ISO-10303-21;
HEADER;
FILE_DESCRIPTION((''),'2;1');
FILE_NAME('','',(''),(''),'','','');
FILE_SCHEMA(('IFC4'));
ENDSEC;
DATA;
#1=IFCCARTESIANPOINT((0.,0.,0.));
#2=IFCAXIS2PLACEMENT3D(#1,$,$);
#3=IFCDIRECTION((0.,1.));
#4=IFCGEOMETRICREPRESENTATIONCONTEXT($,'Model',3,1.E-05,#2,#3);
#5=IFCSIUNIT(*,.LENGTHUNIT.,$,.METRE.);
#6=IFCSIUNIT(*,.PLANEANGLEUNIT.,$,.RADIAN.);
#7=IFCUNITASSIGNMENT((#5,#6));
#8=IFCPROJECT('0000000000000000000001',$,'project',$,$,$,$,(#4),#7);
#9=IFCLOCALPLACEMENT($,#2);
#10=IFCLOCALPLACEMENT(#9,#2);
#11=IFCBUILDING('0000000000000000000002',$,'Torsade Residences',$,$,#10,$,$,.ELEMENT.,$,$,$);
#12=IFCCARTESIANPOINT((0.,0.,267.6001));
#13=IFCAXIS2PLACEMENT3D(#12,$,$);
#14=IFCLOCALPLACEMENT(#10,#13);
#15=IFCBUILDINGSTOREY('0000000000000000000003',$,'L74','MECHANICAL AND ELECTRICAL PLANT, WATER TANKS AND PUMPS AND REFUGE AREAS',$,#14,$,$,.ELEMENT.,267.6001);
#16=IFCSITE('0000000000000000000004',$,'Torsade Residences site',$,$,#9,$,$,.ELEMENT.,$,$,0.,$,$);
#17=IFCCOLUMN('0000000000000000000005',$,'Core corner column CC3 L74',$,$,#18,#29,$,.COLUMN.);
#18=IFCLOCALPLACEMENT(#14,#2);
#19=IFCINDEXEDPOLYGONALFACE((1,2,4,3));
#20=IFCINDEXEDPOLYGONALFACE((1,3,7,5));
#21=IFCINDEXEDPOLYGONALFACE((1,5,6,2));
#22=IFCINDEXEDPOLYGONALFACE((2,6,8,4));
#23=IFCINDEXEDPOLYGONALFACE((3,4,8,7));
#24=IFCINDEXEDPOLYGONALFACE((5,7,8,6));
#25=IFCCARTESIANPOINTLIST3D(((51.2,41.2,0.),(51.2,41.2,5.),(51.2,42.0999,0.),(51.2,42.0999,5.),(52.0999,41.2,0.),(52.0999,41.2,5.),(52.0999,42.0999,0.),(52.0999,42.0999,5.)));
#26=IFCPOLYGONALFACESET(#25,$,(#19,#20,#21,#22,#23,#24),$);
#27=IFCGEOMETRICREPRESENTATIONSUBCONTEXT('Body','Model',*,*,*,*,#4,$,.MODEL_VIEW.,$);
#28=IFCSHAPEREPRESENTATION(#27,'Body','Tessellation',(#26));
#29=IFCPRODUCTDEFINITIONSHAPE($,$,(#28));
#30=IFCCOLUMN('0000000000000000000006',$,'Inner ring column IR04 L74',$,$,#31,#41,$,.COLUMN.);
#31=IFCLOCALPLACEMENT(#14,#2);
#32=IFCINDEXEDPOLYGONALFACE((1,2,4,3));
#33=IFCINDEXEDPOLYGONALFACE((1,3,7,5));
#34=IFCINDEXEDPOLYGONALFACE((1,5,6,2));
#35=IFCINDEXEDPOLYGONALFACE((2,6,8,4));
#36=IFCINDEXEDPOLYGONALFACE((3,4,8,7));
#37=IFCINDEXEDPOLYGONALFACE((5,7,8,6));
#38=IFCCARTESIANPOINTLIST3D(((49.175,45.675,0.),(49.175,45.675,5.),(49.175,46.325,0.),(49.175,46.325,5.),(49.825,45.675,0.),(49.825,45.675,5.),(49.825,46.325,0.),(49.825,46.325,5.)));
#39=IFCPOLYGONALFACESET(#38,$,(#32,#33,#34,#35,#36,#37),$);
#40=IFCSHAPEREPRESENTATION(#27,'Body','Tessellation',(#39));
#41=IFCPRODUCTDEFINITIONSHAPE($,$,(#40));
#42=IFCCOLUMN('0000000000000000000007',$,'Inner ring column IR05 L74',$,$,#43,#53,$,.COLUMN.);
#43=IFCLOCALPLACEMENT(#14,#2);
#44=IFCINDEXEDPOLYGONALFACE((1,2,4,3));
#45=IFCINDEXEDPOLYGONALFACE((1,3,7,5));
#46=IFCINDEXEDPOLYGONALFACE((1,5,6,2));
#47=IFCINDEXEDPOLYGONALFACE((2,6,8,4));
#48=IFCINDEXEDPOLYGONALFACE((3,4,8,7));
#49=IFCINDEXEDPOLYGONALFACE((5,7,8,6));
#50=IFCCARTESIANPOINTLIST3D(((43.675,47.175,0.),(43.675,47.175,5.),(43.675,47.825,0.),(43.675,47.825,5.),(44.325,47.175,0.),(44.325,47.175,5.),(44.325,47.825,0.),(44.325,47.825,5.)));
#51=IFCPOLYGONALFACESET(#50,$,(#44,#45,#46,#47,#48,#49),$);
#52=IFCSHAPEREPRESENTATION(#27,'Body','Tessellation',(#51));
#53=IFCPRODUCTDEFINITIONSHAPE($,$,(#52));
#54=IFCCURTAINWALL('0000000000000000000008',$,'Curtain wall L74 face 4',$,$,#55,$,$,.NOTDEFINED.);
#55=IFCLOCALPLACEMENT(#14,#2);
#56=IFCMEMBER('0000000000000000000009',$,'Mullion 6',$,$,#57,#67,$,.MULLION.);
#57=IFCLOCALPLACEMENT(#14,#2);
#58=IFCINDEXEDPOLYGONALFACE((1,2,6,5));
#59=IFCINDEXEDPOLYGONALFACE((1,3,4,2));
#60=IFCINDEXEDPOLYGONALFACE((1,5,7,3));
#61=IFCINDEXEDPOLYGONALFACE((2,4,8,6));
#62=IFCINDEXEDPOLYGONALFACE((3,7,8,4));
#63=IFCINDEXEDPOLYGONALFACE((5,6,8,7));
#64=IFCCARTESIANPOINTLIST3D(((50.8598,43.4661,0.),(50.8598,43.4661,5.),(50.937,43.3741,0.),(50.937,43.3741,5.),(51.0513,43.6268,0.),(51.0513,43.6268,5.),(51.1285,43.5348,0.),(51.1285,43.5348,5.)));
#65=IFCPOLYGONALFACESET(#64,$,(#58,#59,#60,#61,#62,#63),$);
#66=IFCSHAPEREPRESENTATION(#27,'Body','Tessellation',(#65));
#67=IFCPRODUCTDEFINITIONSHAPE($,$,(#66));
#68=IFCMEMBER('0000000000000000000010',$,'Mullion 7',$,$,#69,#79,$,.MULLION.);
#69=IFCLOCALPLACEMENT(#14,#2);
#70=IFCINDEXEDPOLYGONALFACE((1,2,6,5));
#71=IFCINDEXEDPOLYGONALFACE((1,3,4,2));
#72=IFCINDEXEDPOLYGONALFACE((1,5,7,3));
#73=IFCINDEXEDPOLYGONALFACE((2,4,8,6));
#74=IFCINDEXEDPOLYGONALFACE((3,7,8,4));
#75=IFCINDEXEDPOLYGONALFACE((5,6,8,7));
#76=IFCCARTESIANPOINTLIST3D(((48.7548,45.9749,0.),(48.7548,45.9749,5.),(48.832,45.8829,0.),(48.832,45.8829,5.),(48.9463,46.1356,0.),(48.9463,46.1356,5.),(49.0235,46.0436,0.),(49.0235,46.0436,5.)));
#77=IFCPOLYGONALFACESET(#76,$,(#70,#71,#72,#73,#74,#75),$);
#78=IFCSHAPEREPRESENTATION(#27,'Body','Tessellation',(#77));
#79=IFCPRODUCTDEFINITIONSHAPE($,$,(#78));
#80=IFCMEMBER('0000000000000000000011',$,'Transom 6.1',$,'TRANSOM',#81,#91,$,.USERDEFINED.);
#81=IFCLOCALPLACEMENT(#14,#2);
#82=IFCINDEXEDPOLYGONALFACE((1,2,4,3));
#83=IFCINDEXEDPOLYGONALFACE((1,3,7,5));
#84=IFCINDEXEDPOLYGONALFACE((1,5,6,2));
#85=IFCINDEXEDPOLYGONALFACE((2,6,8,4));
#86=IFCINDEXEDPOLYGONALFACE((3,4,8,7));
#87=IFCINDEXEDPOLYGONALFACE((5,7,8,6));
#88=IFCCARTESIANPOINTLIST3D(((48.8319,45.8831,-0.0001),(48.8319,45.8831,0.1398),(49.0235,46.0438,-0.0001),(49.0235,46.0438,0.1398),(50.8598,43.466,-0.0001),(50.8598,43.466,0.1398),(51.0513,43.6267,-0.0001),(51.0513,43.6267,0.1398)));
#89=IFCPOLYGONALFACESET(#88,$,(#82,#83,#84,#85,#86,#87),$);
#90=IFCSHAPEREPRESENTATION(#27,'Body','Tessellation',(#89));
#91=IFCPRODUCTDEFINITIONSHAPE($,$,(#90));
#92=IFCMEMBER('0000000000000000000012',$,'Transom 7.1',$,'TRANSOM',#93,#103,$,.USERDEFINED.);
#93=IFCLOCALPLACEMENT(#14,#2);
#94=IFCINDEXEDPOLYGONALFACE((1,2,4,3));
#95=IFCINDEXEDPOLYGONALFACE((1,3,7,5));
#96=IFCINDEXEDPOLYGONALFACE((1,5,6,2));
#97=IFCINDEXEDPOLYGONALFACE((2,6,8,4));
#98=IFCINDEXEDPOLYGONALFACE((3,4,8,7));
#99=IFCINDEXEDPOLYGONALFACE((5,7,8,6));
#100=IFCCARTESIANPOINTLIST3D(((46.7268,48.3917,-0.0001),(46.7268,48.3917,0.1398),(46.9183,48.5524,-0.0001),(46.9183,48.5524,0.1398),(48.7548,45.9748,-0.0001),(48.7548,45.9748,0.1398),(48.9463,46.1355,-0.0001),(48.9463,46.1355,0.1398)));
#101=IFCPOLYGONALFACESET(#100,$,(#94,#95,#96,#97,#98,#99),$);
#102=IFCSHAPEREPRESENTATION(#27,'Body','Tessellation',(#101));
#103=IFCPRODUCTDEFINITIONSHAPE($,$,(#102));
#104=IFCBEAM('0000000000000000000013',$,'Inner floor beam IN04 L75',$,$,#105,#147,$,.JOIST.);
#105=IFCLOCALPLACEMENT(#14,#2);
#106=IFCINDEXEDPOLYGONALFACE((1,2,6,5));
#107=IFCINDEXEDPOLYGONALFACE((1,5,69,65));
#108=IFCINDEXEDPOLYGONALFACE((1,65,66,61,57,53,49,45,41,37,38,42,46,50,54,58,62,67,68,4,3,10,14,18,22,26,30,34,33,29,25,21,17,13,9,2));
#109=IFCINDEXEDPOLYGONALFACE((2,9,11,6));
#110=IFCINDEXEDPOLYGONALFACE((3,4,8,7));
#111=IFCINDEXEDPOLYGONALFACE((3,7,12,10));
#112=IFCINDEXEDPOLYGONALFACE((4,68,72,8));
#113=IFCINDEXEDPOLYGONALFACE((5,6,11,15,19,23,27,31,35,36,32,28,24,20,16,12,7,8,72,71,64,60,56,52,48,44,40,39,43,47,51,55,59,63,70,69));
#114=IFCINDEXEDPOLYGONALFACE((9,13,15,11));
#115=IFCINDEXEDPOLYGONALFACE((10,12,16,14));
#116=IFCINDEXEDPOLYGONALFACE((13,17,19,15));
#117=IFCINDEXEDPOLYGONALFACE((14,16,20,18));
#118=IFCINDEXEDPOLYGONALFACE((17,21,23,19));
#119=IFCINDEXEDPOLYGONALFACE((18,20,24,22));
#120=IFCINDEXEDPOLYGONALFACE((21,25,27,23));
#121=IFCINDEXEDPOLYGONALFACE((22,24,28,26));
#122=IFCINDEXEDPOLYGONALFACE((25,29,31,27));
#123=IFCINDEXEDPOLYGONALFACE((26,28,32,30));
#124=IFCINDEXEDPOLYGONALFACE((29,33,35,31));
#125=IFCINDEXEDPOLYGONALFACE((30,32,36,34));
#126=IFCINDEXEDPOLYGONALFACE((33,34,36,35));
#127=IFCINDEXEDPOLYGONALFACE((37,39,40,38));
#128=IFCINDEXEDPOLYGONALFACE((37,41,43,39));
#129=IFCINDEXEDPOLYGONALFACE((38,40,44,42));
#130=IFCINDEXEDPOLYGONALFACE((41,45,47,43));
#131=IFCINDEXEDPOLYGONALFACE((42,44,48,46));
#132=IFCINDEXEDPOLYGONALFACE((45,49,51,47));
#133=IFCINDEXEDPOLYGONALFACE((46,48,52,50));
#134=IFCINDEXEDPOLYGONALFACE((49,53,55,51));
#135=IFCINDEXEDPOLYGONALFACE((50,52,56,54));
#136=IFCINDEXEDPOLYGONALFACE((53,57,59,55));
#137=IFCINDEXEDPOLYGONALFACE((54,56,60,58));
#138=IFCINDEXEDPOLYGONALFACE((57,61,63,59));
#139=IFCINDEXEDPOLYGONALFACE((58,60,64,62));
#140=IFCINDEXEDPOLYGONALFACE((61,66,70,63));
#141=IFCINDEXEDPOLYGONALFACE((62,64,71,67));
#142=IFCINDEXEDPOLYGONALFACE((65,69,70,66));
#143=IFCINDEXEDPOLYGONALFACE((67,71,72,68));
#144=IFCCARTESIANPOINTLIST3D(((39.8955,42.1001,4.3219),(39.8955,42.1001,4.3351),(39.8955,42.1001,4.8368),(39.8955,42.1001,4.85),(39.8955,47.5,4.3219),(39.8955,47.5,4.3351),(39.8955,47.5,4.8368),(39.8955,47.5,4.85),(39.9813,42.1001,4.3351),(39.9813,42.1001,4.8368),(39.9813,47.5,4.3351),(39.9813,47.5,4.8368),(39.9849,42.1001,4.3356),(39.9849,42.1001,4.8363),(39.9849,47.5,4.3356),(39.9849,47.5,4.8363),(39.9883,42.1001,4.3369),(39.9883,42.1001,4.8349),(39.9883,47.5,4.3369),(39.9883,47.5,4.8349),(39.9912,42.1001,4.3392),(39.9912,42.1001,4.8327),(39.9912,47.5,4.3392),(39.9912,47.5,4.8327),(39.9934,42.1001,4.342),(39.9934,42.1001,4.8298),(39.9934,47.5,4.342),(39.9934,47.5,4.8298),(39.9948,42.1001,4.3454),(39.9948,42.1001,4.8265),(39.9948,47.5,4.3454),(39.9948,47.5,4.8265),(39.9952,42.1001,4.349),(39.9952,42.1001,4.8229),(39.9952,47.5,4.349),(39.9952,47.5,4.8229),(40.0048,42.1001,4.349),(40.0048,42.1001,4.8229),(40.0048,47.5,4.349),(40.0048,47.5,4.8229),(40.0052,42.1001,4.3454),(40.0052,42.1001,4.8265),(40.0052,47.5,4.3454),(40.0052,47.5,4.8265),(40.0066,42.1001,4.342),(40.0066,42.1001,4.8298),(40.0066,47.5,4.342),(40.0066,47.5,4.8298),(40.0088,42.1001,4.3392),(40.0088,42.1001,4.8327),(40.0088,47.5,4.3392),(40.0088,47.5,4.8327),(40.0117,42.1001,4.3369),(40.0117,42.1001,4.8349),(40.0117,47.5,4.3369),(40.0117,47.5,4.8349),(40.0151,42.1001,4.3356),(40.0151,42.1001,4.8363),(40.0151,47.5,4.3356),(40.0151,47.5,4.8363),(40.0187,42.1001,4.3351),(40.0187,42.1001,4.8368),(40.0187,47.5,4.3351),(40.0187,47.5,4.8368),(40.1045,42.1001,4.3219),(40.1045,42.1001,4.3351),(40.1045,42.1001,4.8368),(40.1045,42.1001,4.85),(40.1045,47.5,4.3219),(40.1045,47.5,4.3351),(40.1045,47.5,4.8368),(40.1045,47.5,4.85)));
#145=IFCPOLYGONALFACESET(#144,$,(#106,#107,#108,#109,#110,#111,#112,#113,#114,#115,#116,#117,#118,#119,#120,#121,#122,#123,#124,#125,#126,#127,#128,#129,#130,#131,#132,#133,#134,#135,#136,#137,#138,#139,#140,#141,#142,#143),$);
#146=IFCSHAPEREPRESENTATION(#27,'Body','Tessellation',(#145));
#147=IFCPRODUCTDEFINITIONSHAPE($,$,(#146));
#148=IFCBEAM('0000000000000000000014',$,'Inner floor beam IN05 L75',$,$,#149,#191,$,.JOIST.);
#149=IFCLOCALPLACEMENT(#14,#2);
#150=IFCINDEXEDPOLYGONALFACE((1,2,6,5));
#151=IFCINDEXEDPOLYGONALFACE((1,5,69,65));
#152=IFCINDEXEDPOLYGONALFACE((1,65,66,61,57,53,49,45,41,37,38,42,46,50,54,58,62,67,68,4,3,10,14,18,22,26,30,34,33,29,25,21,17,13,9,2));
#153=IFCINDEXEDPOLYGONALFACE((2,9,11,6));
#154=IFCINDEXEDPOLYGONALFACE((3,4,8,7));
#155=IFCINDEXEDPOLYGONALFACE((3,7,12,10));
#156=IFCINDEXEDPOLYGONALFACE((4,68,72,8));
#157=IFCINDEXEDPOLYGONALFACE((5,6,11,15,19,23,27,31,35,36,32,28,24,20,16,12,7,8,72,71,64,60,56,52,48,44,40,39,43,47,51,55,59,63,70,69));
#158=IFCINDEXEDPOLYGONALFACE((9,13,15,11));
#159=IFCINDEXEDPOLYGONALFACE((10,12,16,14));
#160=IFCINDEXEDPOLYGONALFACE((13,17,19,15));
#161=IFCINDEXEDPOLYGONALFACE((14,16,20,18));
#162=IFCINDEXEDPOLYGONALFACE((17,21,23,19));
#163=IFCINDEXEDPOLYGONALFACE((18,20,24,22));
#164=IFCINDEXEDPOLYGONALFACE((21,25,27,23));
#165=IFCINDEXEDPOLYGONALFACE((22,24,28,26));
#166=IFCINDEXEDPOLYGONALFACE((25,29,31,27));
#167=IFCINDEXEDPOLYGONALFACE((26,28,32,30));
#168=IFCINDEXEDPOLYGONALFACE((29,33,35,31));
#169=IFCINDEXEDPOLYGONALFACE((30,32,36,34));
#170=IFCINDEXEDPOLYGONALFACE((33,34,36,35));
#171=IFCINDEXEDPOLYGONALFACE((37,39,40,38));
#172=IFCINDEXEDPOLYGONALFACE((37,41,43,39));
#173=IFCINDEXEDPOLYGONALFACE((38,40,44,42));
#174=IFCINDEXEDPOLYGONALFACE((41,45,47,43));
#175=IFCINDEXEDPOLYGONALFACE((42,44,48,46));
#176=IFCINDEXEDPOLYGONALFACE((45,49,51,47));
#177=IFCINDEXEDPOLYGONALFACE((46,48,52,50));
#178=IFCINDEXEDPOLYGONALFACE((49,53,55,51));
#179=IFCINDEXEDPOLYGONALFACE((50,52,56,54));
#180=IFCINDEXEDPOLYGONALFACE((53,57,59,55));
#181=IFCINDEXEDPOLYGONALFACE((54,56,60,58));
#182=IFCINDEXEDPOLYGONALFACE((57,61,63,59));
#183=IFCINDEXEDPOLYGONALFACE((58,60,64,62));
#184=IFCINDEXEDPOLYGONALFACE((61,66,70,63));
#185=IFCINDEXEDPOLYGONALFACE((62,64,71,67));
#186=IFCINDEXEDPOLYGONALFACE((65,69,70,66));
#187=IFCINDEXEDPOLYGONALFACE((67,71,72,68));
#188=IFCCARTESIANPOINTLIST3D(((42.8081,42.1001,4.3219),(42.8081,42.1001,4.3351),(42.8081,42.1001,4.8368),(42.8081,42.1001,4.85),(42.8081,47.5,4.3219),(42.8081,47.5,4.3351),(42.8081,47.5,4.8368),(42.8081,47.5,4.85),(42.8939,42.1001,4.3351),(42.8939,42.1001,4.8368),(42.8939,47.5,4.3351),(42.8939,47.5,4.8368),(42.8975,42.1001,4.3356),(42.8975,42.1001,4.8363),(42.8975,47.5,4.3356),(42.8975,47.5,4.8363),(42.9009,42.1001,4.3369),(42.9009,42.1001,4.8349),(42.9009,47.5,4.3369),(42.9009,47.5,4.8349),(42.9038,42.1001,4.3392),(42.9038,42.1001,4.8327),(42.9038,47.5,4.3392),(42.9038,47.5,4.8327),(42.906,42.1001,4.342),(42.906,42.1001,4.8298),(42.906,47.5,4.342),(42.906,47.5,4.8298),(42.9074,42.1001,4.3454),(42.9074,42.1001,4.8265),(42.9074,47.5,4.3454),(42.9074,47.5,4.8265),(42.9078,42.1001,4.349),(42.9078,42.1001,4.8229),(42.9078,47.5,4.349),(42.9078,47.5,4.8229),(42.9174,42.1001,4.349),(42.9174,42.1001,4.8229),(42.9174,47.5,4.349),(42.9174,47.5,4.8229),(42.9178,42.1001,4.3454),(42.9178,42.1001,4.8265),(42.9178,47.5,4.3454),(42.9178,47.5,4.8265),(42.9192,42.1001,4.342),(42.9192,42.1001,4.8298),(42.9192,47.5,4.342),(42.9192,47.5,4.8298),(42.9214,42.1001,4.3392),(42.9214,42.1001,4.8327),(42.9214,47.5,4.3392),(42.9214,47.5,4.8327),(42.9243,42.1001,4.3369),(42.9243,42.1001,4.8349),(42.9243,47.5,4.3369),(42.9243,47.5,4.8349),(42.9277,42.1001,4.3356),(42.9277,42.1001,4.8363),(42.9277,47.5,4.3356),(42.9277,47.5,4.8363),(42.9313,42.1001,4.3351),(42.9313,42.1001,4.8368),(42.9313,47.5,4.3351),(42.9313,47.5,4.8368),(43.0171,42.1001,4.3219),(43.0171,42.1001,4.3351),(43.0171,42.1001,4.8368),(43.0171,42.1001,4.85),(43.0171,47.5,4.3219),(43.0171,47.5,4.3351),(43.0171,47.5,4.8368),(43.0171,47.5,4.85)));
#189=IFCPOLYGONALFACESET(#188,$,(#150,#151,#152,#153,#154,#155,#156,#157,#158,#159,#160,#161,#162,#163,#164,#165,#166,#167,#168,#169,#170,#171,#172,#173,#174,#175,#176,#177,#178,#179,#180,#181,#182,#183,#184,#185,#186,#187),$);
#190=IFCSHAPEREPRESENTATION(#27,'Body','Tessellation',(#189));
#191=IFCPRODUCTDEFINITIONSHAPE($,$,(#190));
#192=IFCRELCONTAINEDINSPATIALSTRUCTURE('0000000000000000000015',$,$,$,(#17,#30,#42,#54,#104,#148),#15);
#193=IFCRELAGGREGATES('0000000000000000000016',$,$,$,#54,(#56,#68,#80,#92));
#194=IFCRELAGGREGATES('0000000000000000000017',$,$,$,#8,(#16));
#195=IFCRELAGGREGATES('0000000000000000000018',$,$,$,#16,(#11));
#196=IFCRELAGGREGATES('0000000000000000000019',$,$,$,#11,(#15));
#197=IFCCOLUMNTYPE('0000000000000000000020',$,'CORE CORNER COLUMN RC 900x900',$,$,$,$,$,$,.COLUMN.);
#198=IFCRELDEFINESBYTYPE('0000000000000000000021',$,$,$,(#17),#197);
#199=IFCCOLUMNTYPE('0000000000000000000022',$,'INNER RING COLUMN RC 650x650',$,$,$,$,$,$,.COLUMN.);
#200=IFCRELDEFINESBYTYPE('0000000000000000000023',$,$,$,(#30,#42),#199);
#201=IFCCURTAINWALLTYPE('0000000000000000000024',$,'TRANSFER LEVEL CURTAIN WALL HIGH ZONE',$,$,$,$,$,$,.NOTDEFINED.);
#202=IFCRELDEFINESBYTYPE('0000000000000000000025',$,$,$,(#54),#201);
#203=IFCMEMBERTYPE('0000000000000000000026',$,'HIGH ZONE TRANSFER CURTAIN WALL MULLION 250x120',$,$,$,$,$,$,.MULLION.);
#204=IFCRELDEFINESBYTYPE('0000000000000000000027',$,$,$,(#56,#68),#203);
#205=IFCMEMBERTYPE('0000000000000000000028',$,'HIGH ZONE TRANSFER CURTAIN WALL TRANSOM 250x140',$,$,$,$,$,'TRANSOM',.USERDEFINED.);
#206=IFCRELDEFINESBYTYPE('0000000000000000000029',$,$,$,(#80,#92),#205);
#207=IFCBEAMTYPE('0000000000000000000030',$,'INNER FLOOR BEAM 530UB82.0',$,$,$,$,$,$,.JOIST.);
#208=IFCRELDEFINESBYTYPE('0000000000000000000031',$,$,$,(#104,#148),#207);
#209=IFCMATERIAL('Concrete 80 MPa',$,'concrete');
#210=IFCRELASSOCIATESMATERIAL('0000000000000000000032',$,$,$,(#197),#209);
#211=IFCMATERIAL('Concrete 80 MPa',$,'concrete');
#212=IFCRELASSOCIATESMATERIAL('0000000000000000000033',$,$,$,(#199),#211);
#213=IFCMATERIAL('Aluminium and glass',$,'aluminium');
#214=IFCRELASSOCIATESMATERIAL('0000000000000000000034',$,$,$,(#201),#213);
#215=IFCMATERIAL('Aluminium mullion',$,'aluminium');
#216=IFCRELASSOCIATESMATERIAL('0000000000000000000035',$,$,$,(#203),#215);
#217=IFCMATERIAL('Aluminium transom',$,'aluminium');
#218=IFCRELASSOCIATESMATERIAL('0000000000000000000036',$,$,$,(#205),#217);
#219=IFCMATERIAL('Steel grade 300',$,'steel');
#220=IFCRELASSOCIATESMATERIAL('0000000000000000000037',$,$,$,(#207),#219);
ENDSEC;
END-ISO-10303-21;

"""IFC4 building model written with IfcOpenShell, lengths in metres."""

from ifc_helpers import new_model, si_unit, direction, frame, origin, origin_2d, place, context, subcontext, project, spatial, rectangle, i_section, extrude, material, material_profile, profile_set, type_object, element, aggregate, save


model = new_model("IFC4")

# Units and contexts
model_context = context("Model", 3, precision=1e-05, world=origin(), true_north=direction((0.0, 1.0)))
body_context = subcontext(model_context, "Body", "Model", "MODEL_VIEW")
ifc_project = project(units=[si_unit("LENGTHUNIT", "METRE"), si_unit("PLANEANGLEUNIT", "RADIAN")], contexts=[model_context])

# Site, building, storey
site_placement = place(None, origin())
site = spatial("IfcSite", under=ifc_project, at=site_placement, Name="Torsade Residences site", CompositionType="ELEMENT", RefElevation=0.0)
building_placement = place(site_placement, origin())
building = spatial("IfcBuilding", under=site, at=building_placement, Name="Torsade Residences", CompositionType="ELEMENT")
storey_placement = place(building_placement, frame((0.0, 0.0, 267.6001)))
storey = spatial("IfcBuildingStorey", under=building, at=storey_placement, Name="L74", Description="MECHANICAL AND ELECTRICAL PLANT, WATER TANKS AND PUMPS AND REFUGE AREAS", CompositionType="ELEMENT", Elevation=267.6001)

# Columns
ifc_material_1 = material(Name="Concrete 80 MPa", Category="concrete")
ifc_material_profile_1 = material_profile(ifc_material_1, rectangle(XDim=0.8999, YDim=0.8999, at=origin_2d()), Name="RC 900x900")
ifc_profile_set_1 = profile_set([ifc_material_profile_1], Name="Concrete 80 MPa")
column_type_1 = type_object("IfcColumnType", Name="CORE CORNER COLUMN RC 900x900", PredefinedType="COLUMN", material=ifc_profile_set_1)
column_placement = place(storey_placement, frame((51.6499, 41.6499, 0.0), z_axis=(0.0, 0.0, 1.0), x_axis=(1.0, 0.0, 0.0)))
element("IfcColumn", 1, at=column_placement, inside=storey, type_object=column_type_1, Name="Core corner column CC3 L74", PredefinedType="COLUMN", context=body_context, shape_type="SweptSolid", body=[
    extrude(rectangle(XDim=0.8999, YDim=0.8999, at=origin_2d()), origin(), (0.0, 0.0, 1.0), 5.0),
])
ifc_material_2 = material(Name="Concrete 80 MPa", Category="concrete")
ifc_material_profile_2 = material_profile(ifc_material_2, rectangle(XDim=0.6499, YDim=0.6499, at=origin_2d()), Name="RC 650x650")
ifc_profile_set_2 = profile_set([ifc_material_profile_2], Name="Concrete 80 MPa")
column_type_2 = type_object("IfcColumnType", Name="INNER RING COLUMN RC 650x650", PredefinedType="COLUMN", material=ifc_profile_set_2)
for number, where, z_axis, x_axis, name in (
    (2, (49.5, 46.0, 0.0), (0.0, 0.0, 1.0), (1.0, 0.0, 0.0), "Inner ring column IR04 L74"),
    (3, (44.0, 47.5, 0.0), (0.0, 0.0, 1.0), (1.0, 0.0, 0.0), "Inner ring column IR05 L74"),
):
    element("IfcColumn", number, at=place(storey_placement, frame(where, z_axis=z_axis, x_axis=x_axis)), inside=storey, type_object=column_type_2, Name=name, PredefinedType="COLUMN", context=body_context, shape_type="SweptSolid", body=[
        extrude(rectangle(XDim=0.6499, YDim=0.6499, at=origin_2d()), origin(), (0.0, 0.0, 1.0), 5.0),
    ])

# Curtain wall, members
ifc_material_3 = material(Name="Aluminium and glass", Category="aluminium")
curtain_wall_type = type_object("IfcCurtainWallType", Name="TRANSFER LEVEL CURTAIN WALL HIGH ZONE", PredefinedType="NOTDEFINED", material=ifc_material_3)
curtain_wall_placement = place(storey_placement, origin())
curtain_wall = element("IfcCurtainWall", 4, at=curtain_wall_placement, inside=storey, type_object=curtain_wall_type, Name="Curtain wall L74 face 4", PredefinedType="NOTDEFINED")
ifc_material_4 = material(Name="Aluminium mullion", Category="aluminium")
ifc_material_profile_3 = material_profile(ifc_material_4, rectangle(XDim=0.25, YDim=0.1201, at=origin_2d()), Name="HIGH ZONE TRANSFER CURTAIN WALL MULLION 250x120")
ifc_profile_set_3 = profile_set([ifc_material_profile_3], Name="Aluminium mullion")
member_type_1 = type_object("IfcMemberType", Name="HIGH ZONE TRANSFER CURTAIN WALL MULLION 250x120", PredefinedType="MULLION", material=ifc_profile_set_3)
member_1_placement = place(storey_placement, frame((50.9941, 43.5005, 0.0), z_axis=(0.0, 0.0, 1.0), x_axis=(-0.766044, -0.642788, 0.0)))
member_1 = element("IfcMember", 5, at=member_1_placement, type_object=member_type_1, Name="Mullion 6", PredefinedType="MULLION", context=body_context, shape_type="SweptSolid", body=[
    extrude(rectangle(XDim=0.25, YDim=0.1201, at=origin_2d()), origin(), (0.0, 0.0, 1.0), 5.0),
])
member_2_placement = place(storey_placement, frame((48.8892, 46.0093, 0.0), z_axis=(0.0, 0.0, 1.0), x_axis=(-0.766044, -0.642788, 0.0)))
member_2 = element("IfcMember", 6, at=member_2_placement, type_object=member_type_1, Name="Mullion 7", PredefinedType="MULLION", context=body_context, shape_type="SweptSolid", body=[
    extrude(rectangle(XDim=0.25, YDim=0.1201, at=origin_2d()), origin(), (0.0, 0.0, 1.0), 5.0),
])
ifc_material_5 = material(Name="Aluminium transom", Category="aluminium")
ifc_material_profile_4 = material_profile(ifc_material_5, rectangle(XDim=0.25, YDim=0.1399, at=origin_2d()), Name="HIGH ZONE TRANSFER CURTAIN WALL TRANSOM 250x140")
ifc_profile_set_4 = profile_set([ifc_material_profile_4], Name="Aluminium transom")
member_type_2 = type_object("IfcMemberType", Name="HIGH ZONE TRANSFER CURTAIN WALL TRANSOM 250x140", ElementType="TRANSOM", PredefinedType="USERDEFINED", material=ifc_profile_set_4)
member_3_placement = place(storey_placement, frame((50.9556, 43.5464, 0.0698), z_axis=(-0.642738, 0.766086, 0.0), x_axis=(-0.766086, -0.642738, 0.0)))
member_3 = element("IfcMember", 7, at=member_3_placement, type_object=member_type_2, Name="Transom 6.1", ObjectType="TRANSOM", PredefinedType="USERDEFINED", context=body_context, shape_type="SweptSolid", body=[
    extrude(rectangle(XDim=0.25, YDim=0.1399, at=origin_2d()), origin(), (0.0, 0.0, 1.0), 3.155),
])
member_4_placement = place(storey_placement, frame((48.8506, 46.0552, 0.0698), z_axis=(-0.642784, 0.766048, 0.0), x_axis=(-0.766048, -0.642784, 0.0)))
member_4 = element("IfcMember", 8, at=member_4_placement, type_object=member_type_2, Name="Transom 7.1", ObjectType="TRANSOM", PredefinedType="USERDEFINED", context=body_context, shape_type="SweptSolid", body=[
    extrude(rectangle(XDim=0.25, YDim=0.1399, at=origin_2d()), origin(), (0.0, 0.0, 1.0), 3.155),
])

# Beams
ifc_material_6 = material(Name="Steel grade 300", Category="steel")
ifc_material_profile_5 = material_profile(ifc_material_6, i_section(OverallWidth=0.209, OverallDepth=0.5281, WebThickness=0.0095, FlangeThickness=0.0132, FilletRadius=0.0139, at=origin_2d()), Name="530UB82.0")
ifc_profile_set_5 = profile_set([ifc_material_profile_5], Name="Steel grade 300")
beam_type_1 = type_object("IfcBeamType", Name="INNER FLOOR BEAM 530UB82.0", PredefinedType="JOIST", material=ifc_profile_set_5)
for number, where, z_axis, x_axis, name in (
    (9, (40.0, 42.1001, 4.5859), (0.0, 1.0, 0.0), (-1.0, 0.0, 0.0), "Inner floor beam IN04 L75"),
    (10, (42.9126, 42.1001, 4.5859), (0.0, 1.0, 0.0), (-1.0, 0.0, 0.0), "Inner floor beam IN05 L75"),
):
    element("IfcBeam", number, at=place(storey_placement, frame(where, z_axis=z_axis, x_axis=x_axis)), inside=storey, type_object=beam_type_1, Name=name, PredefinedType="JOIST", context=body_context, shape_type="SweptSolid", body=[
        extrude(i_section(OverallWidth=0.209, OverallDepth=0.5281, WebThickness=0.0095, FlangeThickness=0.0132, FilletRadius=0.0139, at=origin_2d()), origin(), (0.0, 0.0, 1.0), 5.3999),
    ])

aggregate(curtain_wall, [member_1, member_2, member_3, member_4])

save(model, "model.ifc")
